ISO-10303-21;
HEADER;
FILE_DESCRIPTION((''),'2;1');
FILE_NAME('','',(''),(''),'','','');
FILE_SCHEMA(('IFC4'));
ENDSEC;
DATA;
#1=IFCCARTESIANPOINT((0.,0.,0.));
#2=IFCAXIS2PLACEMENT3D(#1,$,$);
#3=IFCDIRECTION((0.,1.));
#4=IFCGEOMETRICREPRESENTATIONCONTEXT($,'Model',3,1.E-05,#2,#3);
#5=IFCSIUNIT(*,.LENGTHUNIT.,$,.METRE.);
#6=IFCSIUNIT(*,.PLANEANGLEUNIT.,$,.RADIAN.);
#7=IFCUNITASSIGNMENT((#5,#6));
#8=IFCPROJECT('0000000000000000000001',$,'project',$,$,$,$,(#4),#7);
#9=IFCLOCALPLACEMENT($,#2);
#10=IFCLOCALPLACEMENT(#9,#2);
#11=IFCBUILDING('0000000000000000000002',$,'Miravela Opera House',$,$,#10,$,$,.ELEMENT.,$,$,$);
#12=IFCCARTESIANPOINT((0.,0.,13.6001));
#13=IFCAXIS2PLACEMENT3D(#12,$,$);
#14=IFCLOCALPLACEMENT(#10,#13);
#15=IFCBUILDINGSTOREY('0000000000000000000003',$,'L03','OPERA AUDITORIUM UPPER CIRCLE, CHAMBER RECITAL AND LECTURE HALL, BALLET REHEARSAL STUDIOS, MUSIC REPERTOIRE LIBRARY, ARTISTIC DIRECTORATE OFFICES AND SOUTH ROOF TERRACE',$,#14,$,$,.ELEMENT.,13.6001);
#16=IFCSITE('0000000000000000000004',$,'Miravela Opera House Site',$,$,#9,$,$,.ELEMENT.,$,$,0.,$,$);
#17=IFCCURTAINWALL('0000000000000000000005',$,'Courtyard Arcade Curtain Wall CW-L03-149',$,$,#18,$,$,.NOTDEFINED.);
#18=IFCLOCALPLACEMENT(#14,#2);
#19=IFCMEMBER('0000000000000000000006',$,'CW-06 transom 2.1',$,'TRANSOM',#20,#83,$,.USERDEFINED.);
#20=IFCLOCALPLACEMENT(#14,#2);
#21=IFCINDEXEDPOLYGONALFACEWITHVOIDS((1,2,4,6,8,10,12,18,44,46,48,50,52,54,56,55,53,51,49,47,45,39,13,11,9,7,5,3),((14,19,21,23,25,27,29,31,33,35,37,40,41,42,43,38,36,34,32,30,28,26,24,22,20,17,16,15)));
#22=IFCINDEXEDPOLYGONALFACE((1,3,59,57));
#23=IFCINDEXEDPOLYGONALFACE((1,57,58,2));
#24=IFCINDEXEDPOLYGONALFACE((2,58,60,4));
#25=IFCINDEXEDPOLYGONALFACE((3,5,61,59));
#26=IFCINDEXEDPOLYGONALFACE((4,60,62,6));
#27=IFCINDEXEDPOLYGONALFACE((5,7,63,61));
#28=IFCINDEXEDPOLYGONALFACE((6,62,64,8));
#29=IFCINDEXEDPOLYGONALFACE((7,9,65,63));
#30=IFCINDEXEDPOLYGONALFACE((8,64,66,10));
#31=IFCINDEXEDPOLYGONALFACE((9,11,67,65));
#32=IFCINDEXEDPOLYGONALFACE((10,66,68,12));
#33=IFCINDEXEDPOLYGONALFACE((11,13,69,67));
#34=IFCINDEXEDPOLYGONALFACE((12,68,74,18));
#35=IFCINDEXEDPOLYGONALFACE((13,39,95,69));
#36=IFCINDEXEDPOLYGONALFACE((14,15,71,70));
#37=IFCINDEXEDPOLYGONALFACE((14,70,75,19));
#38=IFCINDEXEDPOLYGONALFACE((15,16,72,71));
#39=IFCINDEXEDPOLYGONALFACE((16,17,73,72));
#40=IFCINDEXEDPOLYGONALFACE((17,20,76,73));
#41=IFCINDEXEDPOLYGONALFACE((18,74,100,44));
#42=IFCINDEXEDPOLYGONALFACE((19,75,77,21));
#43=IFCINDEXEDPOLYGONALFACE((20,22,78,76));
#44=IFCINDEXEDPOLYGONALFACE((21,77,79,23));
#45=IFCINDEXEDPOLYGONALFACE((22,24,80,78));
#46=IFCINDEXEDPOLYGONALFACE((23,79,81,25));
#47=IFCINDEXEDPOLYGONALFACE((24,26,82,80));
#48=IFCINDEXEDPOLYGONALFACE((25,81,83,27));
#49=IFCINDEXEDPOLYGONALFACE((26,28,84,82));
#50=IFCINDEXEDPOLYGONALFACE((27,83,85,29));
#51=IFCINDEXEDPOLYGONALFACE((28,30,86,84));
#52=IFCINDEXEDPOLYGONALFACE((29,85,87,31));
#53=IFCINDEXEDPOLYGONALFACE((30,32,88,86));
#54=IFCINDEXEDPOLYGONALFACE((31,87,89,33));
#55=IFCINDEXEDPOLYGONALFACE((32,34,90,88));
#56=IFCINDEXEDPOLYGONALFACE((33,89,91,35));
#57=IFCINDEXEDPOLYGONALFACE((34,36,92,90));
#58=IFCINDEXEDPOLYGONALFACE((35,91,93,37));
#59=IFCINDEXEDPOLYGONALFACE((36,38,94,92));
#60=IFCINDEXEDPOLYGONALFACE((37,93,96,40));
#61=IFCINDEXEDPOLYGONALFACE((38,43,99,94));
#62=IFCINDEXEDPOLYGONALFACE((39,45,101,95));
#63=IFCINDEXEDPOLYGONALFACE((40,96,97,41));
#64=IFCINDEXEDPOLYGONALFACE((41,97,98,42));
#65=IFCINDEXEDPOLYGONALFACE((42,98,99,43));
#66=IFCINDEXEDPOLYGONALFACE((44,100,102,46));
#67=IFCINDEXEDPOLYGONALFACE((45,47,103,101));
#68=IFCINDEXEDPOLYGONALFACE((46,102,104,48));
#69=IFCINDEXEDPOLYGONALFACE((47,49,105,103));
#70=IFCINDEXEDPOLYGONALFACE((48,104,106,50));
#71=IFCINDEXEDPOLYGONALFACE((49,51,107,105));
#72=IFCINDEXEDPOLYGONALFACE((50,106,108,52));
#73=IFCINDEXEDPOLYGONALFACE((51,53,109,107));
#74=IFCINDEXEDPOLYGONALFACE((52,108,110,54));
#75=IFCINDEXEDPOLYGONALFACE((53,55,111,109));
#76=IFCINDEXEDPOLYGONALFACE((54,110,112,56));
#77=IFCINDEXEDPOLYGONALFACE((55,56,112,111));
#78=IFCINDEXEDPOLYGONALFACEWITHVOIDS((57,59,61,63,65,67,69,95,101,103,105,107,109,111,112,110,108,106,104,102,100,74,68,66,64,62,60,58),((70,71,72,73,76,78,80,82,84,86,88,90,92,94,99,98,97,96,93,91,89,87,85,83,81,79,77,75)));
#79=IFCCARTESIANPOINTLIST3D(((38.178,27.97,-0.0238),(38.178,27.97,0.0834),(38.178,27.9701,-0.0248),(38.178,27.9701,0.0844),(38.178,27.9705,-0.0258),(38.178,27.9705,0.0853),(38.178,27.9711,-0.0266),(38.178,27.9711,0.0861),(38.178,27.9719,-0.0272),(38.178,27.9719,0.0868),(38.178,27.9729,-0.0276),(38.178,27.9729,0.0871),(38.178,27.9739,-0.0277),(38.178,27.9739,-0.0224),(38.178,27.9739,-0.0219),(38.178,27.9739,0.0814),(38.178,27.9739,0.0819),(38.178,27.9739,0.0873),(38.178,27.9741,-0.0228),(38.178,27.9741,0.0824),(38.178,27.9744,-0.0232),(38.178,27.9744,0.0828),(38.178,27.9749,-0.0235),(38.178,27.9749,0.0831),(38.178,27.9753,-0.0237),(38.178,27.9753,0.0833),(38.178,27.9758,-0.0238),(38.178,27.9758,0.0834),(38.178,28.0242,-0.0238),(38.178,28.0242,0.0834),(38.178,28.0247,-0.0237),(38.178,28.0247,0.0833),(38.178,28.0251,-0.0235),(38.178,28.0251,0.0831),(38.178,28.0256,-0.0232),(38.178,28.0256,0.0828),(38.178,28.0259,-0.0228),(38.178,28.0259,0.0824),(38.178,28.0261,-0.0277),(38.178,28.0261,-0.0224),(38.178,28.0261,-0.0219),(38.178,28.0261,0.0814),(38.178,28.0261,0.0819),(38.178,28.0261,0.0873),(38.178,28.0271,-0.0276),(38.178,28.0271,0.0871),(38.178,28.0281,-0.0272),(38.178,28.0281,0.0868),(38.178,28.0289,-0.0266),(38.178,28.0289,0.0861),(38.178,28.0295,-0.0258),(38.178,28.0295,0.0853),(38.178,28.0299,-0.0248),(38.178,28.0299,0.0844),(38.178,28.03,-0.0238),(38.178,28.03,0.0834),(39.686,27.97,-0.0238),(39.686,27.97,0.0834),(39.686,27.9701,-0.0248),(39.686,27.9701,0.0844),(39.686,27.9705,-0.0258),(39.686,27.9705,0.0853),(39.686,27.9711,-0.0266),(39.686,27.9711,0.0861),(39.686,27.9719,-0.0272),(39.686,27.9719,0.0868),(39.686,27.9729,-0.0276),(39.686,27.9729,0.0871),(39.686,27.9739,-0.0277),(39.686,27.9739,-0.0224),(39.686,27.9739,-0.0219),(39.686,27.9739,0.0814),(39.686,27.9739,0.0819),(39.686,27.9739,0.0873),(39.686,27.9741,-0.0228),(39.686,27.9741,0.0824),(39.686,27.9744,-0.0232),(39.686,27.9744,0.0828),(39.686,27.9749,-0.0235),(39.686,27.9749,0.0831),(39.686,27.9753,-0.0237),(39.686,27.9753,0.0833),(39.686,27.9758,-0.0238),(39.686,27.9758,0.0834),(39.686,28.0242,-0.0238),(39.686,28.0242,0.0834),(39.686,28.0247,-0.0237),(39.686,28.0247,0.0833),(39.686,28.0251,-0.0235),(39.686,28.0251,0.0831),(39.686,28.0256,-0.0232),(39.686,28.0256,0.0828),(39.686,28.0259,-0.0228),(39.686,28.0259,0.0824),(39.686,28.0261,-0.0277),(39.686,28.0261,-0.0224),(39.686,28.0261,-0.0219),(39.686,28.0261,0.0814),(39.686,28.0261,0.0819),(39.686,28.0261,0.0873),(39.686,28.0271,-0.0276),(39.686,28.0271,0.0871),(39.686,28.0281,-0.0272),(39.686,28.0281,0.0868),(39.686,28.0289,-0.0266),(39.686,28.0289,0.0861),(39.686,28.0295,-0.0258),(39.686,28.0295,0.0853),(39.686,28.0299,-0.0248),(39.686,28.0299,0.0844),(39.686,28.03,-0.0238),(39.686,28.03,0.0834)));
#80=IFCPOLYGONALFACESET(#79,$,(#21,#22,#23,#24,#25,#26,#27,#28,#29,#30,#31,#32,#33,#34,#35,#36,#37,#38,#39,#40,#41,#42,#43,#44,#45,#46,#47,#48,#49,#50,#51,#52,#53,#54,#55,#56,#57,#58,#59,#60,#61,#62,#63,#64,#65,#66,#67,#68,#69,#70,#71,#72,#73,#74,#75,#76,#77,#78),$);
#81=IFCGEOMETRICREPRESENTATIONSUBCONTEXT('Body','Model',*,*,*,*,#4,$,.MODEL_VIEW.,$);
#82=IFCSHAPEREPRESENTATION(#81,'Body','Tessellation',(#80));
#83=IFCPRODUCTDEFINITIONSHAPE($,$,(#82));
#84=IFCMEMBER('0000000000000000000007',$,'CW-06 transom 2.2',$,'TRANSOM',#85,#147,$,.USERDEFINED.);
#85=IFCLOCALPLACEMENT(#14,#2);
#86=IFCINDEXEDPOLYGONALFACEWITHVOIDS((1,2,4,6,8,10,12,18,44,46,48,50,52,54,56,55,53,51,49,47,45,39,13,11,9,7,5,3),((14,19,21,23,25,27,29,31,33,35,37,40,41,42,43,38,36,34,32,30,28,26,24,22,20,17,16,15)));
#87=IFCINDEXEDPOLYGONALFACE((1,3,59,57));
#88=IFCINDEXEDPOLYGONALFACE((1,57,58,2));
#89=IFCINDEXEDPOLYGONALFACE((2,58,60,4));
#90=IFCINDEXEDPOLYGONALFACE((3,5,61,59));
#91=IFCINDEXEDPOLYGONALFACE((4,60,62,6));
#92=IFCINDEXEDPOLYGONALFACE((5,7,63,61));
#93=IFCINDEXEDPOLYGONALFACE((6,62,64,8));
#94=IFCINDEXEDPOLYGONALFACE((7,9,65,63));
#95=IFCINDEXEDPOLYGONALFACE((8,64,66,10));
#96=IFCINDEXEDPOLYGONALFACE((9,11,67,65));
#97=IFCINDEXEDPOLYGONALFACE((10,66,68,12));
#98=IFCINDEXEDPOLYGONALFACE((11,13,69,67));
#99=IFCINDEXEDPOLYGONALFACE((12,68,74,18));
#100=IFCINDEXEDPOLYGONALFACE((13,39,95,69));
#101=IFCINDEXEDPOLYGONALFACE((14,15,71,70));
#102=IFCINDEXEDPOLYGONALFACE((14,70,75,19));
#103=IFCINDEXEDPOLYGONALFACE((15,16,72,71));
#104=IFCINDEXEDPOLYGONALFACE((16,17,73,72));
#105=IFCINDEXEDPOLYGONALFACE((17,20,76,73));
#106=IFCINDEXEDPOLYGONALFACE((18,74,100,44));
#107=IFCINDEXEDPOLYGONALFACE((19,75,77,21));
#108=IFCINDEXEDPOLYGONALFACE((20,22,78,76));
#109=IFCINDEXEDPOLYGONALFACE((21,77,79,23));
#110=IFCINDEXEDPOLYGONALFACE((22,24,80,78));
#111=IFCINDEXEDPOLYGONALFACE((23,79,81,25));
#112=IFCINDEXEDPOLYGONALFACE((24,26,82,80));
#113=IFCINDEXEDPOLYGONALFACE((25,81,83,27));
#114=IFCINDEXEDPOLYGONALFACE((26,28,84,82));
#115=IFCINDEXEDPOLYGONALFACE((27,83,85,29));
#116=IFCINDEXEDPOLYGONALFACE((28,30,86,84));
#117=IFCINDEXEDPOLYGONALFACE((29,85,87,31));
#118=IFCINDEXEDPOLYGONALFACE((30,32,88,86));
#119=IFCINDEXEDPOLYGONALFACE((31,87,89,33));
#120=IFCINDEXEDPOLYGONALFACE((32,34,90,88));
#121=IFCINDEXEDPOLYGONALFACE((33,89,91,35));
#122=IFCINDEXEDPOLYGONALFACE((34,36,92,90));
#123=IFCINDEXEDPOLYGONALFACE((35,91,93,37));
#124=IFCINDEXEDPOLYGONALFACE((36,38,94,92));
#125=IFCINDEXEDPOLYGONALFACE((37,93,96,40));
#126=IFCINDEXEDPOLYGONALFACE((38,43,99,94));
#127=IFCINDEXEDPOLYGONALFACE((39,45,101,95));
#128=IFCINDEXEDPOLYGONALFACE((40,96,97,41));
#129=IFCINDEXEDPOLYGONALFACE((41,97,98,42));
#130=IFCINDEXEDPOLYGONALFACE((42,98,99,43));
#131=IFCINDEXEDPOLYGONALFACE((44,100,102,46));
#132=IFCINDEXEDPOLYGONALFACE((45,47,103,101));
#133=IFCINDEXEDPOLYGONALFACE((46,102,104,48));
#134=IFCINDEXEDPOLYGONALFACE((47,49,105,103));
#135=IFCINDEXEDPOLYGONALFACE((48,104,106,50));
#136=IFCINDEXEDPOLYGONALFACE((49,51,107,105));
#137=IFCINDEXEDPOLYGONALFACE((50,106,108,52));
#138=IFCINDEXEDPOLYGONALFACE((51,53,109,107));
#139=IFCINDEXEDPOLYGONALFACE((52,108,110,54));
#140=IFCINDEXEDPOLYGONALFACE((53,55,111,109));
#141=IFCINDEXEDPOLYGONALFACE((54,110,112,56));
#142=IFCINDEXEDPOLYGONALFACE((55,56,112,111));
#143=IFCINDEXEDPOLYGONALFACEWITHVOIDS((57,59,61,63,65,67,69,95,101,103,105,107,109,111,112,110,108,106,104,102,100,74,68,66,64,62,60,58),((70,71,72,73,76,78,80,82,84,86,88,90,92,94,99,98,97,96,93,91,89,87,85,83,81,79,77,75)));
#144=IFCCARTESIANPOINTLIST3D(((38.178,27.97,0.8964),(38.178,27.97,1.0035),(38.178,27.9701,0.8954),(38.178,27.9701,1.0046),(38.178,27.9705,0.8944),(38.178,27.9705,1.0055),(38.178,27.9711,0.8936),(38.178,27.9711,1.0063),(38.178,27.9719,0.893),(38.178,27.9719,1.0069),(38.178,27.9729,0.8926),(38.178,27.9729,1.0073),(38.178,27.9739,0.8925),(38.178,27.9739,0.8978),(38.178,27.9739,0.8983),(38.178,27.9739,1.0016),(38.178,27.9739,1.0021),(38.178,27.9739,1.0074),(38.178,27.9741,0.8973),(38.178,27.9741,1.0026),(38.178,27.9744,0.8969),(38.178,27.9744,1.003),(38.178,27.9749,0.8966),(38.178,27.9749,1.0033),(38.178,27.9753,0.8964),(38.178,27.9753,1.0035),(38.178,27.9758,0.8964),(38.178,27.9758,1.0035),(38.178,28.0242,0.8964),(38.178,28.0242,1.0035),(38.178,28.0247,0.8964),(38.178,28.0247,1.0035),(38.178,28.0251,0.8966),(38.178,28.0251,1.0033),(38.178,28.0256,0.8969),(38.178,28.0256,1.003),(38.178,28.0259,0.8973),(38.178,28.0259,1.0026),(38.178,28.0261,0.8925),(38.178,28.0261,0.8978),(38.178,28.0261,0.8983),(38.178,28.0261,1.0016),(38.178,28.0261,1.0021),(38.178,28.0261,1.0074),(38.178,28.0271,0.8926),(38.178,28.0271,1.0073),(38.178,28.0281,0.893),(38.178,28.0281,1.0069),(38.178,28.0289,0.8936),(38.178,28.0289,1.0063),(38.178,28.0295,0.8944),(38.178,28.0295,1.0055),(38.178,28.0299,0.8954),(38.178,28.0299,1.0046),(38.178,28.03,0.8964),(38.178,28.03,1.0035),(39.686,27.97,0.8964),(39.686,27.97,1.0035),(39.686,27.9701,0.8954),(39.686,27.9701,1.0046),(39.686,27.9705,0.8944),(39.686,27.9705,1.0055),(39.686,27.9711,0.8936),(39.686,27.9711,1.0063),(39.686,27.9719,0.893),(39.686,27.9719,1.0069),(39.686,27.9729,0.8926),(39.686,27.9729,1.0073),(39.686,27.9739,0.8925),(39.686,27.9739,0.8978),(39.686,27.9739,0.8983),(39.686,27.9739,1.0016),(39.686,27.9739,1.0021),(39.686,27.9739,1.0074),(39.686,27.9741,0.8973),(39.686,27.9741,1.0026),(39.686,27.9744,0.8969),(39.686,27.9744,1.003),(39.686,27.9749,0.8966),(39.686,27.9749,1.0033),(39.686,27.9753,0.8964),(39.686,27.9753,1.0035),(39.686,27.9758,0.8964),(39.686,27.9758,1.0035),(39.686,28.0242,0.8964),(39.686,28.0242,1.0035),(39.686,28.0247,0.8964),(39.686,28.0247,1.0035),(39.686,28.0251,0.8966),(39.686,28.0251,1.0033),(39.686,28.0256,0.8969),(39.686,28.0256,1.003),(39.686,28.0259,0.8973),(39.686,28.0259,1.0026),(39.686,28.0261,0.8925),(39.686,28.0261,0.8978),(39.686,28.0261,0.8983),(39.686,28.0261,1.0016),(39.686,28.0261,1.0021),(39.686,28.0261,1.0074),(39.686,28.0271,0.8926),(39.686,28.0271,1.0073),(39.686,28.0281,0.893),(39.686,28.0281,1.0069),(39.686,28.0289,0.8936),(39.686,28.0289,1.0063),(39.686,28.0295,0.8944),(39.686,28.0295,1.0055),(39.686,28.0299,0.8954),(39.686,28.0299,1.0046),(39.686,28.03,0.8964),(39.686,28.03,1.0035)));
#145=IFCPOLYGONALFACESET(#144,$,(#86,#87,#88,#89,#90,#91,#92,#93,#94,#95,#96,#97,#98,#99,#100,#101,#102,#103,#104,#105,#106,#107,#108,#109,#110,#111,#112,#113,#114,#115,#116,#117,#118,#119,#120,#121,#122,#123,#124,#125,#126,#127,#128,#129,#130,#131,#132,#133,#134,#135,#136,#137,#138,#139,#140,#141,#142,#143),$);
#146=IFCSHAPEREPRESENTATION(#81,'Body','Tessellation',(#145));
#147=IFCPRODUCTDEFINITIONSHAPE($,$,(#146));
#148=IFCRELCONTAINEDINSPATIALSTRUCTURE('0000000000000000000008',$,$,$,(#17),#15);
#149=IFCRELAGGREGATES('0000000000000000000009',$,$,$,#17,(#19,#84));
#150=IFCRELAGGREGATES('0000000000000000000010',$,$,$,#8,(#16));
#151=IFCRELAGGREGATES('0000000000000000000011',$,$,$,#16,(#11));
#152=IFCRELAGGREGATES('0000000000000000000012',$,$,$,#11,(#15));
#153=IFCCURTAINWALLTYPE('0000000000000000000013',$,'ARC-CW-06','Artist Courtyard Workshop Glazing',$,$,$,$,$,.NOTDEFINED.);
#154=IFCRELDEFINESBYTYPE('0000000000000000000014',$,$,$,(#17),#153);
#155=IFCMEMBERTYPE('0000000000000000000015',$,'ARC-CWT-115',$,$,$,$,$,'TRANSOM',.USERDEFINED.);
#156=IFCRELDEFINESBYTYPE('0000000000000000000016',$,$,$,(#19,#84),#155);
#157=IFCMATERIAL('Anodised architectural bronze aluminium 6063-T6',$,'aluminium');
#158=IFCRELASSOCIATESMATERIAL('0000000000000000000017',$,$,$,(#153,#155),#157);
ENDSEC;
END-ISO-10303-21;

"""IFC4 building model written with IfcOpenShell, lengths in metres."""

from ifc_helpers import new_model, si_unit, direction, frame, origin, origin_2d, place, context, subcontext, project, spatial, hollow_rectangle, extrude, material, material_profile, profile_set, type_object, element, aggregate, save


model = new_model("IFC4")

# Units and contexts
model_context = context("Model", 3, precision=1e-05, world=origin(), true_north=direction((0.0, 1.0)))
body_context = subcontext(model_context, "Body", "Model", "MODEL_VIEW")
ifc_project = project(units=[si_unit("LENGTHUNIT", "METRE"), si_unit("PLANEANGLEUNIT", "RADIAN")], contexts=[model_context])

# Site, building, storey
site_placement = place(None, origin())
site = spatial("IfcSite", under=ifc_project, at=site_placement, Name="Miravela Opera House Site", CompositionType="ELEMENT", RefElevation=0.0)
building_placement = place(site_placement, origin())
building = spatial("IfcBuilding", under=site, at=building_placement, Name="Miravela Opera House", CompositionType="ELEMENT")
storey_placement = place(building_placement, frame((0.0, 0.0, 13.6001)))
storey = spatial("IfcBuildingStorey", under=building, at=storey_placement, Name="L03", Description="OPERA AUDITORIUM UPPER CIRCLE, CHAMBER RECITAL AND LECTURE HALL, BALLET REHEARSAL STUDIOS, MUSIC REPERTOIRE LIBRARY, ARTISTIC DIRECTORATE OFFICES AND SOUTH ROOF TERRACE", CompositionType="ELEMENT", Elevation=13.6001)

# Curtain wall, members
ifc_material_1 = material(Name="Anodised architectural bronze aluminium 6063-T6", Category="aluminium")
curtain_wall_type = type_object("IfcCurtainWallType", Name="ARC-CW-06", Description="Artist Courtyard Workshop Glazing", PredefinedType="NOTDEFINED", material=ifc_material_1)
curtain_wall_placement = place(storey_placement, origin())
curtain_wall = element("IfcCurtainWall", 1, at=curtain_wall_placement, inside=storey, type_object=curtain_wall_type, Name="Courtyard Arcade Curtain Wall CW-L03-149", PredefinedType="NOTDEFINED")
ifc_material_profile_1 = material_profile(ifc_material_1, hollow_rectangle(XDim=0.0601, YDim=0.115, WallThickness=0.0039, InnerFilletRadius=0.002, OuterFilletRadius=0.0039, at=origin_2d()), Name="CWT-60X115")
ifc_profile_set_1 = profile_set([ifc_material_profile_1])
member_type_1 = type_object("IfcMemberType", Name="ARC-CWT-115", ElementType="TRANSOM", PredefinedType="USERDEFINED", material=ifc_profile_set_1)
member_1_placement = place(storey_placement, frame((38.178, 28.0, 0.0298), z_axis=(1.0, 0.0, 0.0), x_axis=(0.0, 1.0, 0.0)))
member_1 = element("IfcMember", 2, at=member_1_placement, type_object=member_type_1, Name="CW-06 transom 2.1", ObjectType="TRANSOM", PredefinedType="USERDEFINED", context=body_context, shape_type="SweptSolid", body=[
    extrude(hollow_rectangle(XDim=0.0601, YDim=0.115, WallThickness=0.0039, InnerFilletRadius=0.002, OuterFilletRadius=0.0039, at=origin_2d()), origin(), (0.0, 0.0, 1.0), 1.5081),
])
member_2_placement = place(storey_placement, frame((38.178, 28.0, 0.95), z_axis=(1.0, 0.0, 0.0), x_axis=(0.0, 1.0, 0.0)))
member_2 = element("IfcMember", 3, at=member_2_placement, type_object=member_type_1, Name="CW-06 transom 2.2", ObjectType="TRANSOM", PredefinedType="USERDEFINED", context=body_context, shape_type="SweptSolid", body=[
    extrude(hollow_rectangle(XDim=0.0601, YDim=0.115, WallThickness=0.0039, InnerFilletRadius=0.002, OuterFilletRadius=0.0039, at=origin_2d()), origin(), (0.0, 0.0, 1.0), 1.5081),
])

aggregate(curtain_wall, [member_1, member_2])

save(model, "model.ifc")
